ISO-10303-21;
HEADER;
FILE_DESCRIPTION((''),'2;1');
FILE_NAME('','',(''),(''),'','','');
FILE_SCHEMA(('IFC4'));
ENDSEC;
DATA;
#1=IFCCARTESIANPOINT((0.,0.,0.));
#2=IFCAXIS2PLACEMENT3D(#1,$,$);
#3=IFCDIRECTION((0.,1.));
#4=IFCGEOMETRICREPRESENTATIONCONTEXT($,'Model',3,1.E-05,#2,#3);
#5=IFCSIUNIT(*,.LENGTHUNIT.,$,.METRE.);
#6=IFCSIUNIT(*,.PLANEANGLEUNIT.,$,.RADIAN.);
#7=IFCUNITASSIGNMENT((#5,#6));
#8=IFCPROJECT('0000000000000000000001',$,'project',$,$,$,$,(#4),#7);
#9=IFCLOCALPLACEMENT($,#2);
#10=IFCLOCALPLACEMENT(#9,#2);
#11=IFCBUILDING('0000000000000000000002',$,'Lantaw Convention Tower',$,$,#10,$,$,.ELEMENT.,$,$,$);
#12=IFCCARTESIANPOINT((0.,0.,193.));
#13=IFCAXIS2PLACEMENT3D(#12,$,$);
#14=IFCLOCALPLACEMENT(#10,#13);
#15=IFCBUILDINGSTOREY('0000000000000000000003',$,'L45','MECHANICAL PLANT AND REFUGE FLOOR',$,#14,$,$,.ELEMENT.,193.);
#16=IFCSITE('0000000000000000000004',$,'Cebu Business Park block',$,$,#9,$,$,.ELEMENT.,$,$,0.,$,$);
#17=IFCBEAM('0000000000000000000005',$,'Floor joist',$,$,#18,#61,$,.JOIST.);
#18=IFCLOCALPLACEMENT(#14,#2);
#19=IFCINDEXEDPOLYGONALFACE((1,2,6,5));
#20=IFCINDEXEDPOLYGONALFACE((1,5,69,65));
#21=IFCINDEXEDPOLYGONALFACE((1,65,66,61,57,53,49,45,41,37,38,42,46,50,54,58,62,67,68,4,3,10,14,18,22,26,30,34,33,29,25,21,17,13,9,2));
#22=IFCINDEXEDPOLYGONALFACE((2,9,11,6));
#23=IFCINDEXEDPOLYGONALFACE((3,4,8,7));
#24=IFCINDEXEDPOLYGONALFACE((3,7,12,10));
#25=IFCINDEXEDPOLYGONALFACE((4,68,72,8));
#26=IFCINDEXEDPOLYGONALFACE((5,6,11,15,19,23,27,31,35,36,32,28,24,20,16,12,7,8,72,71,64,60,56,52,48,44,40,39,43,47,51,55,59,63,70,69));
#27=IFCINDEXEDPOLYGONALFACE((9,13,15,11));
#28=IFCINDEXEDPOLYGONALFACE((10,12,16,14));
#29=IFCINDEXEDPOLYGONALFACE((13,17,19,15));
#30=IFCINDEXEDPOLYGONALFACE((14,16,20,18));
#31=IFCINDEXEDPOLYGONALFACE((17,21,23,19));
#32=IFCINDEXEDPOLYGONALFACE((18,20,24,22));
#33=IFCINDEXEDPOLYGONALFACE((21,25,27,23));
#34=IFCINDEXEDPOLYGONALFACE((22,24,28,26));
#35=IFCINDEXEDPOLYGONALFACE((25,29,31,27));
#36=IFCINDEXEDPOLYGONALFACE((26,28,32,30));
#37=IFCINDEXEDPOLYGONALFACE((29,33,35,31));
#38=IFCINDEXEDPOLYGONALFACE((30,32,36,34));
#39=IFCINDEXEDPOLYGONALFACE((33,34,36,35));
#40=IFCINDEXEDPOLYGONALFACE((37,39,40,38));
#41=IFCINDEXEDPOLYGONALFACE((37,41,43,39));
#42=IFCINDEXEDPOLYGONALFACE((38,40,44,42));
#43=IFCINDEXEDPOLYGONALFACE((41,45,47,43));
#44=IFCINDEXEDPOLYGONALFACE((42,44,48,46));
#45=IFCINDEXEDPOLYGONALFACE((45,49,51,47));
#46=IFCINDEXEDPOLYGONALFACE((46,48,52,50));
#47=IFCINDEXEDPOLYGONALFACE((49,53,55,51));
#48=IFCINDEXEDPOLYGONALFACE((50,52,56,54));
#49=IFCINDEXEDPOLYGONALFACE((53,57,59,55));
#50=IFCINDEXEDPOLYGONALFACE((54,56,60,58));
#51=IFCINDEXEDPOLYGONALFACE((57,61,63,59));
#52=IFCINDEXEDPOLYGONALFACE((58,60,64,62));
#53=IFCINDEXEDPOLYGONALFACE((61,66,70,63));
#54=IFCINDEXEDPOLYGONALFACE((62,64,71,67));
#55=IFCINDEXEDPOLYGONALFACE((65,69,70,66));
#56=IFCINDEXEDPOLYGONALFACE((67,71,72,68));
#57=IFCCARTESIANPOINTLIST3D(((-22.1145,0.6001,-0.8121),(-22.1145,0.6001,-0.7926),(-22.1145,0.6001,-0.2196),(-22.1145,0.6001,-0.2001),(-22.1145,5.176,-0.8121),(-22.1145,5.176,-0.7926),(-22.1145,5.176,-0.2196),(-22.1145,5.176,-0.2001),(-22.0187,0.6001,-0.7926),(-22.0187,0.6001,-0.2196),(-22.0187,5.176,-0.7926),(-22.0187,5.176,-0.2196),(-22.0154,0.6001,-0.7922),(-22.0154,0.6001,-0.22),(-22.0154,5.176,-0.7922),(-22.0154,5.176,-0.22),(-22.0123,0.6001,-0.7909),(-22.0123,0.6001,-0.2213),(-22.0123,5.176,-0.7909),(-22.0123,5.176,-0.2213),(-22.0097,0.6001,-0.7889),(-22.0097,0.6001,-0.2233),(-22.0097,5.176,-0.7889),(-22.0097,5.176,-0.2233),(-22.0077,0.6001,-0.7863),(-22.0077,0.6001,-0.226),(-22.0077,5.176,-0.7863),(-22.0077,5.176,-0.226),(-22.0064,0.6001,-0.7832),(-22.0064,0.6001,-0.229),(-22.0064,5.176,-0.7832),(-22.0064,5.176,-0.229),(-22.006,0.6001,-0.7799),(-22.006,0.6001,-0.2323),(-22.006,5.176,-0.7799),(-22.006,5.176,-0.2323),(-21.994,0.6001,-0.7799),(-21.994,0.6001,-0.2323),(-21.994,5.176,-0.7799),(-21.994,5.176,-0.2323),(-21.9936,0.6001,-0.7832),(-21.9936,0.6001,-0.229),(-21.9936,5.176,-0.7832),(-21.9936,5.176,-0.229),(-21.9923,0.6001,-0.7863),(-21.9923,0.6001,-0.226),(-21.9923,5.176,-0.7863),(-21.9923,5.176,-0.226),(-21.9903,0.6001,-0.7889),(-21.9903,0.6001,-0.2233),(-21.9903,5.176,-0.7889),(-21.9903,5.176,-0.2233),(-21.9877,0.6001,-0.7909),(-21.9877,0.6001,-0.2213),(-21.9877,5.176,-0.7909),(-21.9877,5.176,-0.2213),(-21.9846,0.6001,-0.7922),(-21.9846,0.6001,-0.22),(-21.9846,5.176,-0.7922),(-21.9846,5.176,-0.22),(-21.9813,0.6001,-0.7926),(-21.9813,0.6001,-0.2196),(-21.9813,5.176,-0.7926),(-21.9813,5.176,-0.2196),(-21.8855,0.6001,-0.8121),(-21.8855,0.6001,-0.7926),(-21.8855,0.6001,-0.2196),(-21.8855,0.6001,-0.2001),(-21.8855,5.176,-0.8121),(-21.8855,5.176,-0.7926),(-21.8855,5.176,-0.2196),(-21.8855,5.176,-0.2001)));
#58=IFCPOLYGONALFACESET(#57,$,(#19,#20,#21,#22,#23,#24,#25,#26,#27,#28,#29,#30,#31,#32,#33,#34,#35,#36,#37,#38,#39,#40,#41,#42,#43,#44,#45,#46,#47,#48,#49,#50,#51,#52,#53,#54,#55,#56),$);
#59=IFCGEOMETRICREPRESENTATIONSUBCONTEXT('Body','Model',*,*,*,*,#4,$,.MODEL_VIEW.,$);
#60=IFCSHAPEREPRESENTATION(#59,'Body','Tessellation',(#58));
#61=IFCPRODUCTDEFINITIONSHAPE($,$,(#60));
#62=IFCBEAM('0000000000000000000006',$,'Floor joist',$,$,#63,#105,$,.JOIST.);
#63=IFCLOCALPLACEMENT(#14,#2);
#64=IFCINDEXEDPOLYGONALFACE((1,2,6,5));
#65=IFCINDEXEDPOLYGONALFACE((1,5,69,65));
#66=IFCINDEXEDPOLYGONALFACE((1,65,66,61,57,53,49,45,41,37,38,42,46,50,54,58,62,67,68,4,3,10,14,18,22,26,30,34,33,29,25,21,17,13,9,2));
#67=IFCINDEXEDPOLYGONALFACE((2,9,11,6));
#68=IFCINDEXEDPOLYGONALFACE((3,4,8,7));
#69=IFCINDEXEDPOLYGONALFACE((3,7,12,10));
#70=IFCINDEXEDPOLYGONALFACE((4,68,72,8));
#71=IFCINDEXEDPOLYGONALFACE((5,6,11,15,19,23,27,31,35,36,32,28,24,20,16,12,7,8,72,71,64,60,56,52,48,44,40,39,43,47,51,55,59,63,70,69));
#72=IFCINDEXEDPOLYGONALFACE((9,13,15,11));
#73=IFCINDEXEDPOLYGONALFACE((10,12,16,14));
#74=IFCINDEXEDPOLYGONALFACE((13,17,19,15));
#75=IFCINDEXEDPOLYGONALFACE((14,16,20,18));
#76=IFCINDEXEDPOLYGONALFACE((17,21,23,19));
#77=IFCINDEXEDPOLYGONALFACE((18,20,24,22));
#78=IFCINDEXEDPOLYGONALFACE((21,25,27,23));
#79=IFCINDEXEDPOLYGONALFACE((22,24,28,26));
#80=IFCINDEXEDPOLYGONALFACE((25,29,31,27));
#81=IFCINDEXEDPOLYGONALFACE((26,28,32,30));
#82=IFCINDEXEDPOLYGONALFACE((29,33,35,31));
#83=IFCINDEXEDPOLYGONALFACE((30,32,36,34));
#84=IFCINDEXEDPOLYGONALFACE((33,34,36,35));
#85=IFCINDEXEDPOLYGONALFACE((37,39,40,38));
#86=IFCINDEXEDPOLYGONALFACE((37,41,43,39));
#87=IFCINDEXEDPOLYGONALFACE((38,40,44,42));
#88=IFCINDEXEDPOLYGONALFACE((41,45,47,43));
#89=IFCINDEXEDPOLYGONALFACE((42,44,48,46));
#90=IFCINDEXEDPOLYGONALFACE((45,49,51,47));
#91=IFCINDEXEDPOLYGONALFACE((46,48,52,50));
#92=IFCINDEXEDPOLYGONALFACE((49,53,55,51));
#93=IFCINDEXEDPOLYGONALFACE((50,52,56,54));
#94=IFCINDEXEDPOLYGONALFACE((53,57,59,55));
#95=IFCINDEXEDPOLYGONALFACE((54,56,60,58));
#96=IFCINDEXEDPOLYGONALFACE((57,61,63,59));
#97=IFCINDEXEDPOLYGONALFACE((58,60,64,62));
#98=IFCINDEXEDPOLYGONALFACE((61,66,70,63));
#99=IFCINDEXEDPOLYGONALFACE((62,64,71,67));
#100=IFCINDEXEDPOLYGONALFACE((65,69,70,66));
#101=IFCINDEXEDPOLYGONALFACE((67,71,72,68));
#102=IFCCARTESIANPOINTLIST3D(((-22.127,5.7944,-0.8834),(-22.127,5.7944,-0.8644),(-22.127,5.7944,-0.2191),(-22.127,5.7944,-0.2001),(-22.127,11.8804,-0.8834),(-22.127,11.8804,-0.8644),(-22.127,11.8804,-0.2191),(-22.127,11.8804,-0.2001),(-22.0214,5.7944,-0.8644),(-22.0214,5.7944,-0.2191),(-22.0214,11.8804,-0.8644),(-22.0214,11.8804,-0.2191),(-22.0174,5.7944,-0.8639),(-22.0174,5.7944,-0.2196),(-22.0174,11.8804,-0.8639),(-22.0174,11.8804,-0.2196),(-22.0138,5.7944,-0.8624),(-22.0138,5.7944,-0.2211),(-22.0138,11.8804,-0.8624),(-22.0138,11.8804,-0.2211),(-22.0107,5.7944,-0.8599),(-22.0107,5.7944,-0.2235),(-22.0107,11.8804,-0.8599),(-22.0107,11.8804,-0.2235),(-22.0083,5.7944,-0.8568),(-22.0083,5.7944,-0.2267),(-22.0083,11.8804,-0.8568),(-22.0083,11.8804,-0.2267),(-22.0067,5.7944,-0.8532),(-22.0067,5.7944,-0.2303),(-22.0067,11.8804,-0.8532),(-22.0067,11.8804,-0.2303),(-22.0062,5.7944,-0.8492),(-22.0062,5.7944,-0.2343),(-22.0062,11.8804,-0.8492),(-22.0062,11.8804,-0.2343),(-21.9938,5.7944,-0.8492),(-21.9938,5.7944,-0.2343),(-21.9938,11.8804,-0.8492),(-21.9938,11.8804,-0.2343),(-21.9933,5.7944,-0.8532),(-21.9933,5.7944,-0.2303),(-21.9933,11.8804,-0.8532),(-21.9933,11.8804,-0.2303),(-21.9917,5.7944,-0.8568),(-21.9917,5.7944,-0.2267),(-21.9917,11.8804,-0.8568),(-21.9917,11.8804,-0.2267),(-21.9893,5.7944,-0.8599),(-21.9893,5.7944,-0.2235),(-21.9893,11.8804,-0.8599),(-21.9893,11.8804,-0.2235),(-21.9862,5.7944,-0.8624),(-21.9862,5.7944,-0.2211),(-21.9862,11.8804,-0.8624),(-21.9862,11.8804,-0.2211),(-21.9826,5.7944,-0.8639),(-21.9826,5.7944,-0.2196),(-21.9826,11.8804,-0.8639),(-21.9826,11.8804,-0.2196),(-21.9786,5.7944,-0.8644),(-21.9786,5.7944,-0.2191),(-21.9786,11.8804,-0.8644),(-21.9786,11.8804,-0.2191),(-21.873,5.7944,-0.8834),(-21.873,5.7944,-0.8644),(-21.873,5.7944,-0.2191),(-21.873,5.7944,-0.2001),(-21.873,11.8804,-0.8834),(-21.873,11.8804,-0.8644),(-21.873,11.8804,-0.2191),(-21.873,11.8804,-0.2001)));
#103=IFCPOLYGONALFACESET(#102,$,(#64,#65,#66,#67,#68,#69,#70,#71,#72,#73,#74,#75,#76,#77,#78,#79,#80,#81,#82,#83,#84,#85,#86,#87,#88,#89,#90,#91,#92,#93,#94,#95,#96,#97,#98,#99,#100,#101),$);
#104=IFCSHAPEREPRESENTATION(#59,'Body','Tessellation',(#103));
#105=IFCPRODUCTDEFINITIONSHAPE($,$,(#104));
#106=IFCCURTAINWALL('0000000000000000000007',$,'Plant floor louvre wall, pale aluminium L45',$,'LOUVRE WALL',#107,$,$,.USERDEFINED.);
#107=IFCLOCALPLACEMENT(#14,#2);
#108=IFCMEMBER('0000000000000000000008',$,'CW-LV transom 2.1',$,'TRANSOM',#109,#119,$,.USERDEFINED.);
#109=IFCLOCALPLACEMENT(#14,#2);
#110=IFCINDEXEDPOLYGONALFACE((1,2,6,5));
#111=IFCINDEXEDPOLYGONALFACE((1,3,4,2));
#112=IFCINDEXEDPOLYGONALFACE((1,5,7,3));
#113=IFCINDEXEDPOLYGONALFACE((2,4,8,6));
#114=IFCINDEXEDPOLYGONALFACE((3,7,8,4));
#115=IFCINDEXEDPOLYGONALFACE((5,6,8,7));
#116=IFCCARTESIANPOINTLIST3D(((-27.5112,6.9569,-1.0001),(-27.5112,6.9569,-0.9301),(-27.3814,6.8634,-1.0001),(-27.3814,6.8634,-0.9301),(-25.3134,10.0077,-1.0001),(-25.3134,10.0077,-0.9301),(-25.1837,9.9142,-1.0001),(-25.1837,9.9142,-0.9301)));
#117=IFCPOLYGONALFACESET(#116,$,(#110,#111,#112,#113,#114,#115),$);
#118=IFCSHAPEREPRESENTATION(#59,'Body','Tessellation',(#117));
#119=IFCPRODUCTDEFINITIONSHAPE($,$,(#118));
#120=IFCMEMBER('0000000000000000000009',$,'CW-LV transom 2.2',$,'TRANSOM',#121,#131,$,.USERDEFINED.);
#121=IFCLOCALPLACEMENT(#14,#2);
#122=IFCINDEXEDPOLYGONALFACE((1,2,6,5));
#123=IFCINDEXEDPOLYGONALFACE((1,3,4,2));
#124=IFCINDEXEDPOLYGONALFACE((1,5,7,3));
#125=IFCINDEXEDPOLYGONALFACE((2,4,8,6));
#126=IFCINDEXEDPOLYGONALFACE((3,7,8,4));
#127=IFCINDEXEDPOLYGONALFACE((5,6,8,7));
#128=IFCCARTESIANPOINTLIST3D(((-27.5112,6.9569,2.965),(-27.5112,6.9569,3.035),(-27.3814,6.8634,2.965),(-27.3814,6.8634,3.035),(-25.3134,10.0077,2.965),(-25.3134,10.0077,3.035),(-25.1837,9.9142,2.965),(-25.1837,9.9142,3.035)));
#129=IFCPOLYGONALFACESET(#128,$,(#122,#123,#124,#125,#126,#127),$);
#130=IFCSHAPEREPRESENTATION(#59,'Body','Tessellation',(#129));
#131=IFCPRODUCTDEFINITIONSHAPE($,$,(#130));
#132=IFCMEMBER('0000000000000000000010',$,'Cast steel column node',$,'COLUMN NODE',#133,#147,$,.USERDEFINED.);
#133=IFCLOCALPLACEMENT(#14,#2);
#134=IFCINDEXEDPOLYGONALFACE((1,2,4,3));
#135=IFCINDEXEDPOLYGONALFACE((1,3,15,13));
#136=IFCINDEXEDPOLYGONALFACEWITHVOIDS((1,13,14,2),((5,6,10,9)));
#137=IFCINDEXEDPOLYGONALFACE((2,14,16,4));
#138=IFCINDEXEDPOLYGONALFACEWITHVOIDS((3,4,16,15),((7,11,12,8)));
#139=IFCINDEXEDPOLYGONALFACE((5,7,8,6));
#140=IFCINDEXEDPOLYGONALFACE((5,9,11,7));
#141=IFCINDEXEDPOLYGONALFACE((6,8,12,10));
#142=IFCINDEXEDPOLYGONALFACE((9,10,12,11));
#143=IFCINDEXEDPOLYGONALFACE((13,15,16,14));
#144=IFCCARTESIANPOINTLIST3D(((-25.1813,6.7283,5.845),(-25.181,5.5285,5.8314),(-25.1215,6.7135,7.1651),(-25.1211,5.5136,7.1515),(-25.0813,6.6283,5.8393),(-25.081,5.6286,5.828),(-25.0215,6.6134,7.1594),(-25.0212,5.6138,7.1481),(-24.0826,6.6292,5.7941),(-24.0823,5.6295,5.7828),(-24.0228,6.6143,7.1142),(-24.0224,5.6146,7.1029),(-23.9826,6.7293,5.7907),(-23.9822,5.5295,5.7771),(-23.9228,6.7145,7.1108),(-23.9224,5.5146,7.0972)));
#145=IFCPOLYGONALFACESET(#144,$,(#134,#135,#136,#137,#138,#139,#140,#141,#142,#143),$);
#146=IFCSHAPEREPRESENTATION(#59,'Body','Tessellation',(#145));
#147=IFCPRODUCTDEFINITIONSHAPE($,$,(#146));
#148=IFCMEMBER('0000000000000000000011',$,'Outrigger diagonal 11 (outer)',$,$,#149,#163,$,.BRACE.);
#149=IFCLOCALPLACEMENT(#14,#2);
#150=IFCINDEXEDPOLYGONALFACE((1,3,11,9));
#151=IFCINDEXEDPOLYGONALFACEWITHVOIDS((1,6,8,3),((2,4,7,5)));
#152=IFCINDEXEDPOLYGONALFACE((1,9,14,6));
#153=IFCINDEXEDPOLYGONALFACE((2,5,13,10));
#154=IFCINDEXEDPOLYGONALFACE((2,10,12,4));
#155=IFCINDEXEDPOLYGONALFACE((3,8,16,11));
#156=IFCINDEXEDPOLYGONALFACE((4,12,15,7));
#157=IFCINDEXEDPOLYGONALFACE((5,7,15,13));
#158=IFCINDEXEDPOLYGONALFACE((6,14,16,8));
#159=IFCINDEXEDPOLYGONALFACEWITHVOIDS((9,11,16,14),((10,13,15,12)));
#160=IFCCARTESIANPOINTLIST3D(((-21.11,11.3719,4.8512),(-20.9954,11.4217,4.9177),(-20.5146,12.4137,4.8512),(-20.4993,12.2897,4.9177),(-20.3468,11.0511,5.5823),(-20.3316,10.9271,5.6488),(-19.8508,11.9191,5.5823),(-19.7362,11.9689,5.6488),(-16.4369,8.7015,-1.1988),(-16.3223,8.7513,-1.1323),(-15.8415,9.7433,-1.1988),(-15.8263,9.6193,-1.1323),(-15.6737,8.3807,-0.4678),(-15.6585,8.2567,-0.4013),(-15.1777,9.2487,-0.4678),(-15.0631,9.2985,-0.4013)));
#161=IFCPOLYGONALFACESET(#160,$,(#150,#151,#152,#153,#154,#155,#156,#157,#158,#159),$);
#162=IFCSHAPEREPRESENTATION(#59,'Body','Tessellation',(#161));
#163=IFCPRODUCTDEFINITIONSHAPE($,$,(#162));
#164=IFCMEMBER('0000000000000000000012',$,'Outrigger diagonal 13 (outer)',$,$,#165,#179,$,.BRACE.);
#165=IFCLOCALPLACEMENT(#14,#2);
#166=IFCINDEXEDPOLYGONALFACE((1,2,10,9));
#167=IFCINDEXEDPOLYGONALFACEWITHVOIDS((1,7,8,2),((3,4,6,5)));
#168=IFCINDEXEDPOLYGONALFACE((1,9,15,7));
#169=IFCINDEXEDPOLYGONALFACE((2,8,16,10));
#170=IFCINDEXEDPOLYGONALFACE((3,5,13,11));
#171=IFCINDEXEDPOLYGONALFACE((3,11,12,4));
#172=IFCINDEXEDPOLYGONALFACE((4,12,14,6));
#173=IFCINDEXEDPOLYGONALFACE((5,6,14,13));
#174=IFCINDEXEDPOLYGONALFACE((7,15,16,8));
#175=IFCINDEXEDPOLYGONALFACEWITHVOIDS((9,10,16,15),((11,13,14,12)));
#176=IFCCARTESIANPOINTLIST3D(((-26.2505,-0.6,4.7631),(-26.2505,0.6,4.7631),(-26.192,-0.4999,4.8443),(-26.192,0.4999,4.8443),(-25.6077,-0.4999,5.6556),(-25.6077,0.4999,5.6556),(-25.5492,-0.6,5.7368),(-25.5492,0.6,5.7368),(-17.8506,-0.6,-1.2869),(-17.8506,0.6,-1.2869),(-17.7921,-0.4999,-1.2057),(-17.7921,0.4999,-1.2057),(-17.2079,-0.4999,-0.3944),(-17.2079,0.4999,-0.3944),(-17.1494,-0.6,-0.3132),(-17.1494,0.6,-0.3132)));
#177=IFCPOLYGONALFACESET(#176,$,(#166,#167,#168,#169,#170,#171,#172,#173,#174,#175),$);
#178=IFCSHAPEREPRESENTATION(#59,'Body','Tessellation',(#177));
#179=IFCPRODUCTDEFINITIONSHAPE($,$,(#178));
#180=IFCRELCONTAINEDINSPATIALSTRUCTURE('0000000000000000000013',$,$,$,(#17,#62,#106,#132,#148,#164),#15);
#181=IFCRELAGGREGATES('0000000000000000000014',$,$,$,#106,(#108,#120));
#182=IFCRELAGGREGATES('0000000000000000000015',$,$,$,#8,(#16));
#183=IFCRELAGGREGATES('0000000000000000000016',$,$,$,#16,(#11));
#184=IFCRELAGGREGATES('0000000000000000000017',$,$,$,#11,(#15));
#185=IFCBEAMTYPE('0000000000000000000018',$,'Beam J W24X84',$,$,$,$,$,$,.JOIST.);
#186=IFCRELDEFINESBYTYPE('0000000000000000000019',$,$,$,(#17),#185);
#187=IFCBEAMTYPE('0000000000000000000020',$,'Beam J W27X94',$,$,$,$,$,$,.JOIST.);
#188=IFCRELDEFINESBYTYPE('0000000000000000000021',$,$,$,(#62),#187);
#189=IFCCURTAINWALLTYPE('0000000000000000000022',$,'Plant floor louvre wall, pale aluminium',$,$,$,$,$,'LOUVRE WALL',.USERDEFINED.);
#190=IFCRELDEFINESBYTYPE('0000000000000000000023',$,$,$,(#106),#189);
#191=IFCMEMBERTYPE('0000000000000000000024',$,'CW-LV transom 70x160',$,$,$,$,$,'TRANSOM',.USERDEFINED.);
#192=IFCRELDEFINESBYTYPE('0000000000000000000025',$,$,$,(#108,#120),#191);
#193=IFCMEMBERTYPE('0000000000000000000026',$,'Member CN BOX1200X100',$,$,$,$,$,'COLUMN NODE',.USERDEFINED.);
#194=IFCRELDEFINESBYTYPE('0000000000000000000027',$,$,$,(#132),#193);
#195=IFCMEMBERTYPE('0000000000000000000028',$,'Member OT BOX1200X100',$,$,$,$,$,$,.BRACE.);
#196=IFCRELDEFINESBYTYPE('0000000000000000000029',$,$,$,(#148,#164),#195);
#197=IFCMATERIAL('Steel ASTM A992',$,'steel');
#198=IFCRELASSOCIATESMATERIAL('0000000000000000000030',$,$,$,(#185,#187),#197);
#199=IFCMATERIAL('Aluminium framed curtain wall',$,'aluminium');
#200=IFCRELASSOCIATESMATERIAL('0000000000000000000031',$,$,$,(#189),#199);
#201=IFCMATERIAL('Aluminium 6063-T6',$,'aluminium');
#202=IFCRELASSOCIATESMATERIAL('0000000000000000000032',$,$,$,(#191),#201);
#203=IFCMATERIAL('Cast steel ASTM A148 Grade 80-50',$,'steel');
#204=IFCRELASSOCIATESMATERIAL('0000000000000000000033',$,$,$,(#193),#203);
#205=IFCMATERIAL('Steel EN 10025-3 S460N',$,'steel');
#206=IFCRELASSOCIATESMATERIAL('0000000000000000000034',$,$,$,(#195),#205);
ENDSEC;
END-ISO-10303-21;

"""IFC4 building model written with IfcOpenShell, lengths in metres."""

from ifc_helpers import new_model, si_unit, direction, frame, origin, origin_2d, place, context, subcontext, project, spatial, rectangle, hollow_rectangle, i_section, extrude, material, material_profile, profile_set, type_object, element, aggregate, save


model = new_model("IFC4")

# Units and contexts
model_context = context("Model", 3, precision=1e-05, world=origin(), true_north=direction((0.0, 1.0)))
body_context = subcontext(model_context, "Body", "Model", "MODEL_VIEW")
ifc_project = project(units=[si_unit("LENGTHUNIT", "METRE"), si_unit("PLANEANGLEUNIT", "RADIAN")], contexts=[model_context])

# Site, building, storey
site_placement = place(None, origin())
site = spatial("IfcSite", under=ifc_project, at=site_placement, Name="Cebu Business Park block", CompositionType="ELEMENT", RefElevation=0.0)
building_placement = place(site_placement, origin())
building = spatial("IfcBuilding", under=site, at=building_placement, Name="Lantaw Convention Tower", CompositionType="ELEMENT")
storey_placement = place(building_placement, frame((0.0, 0.0, 193.0)))
storey = spatial("IfcBuildingStorey", under=building, at=storey_placement, Name="L45", Description="MECHANICAL PLANT AND REFUGE FLOOR", CompositionType="ELEMENT", Elevation=193.0)

# Shared definitions
ifc_material_1 = material(Name="Steel EN 10025-3 S460N", Category="steel")

# Beams
ifc_material_2 = material(Name="Steel ASTM A992", Category="steel")
ifc_material_profile_1 = material_profile(ifc_material_2, i_section(OverallWidth=0.229, OverallDepth=0.6121, WebThickness=0.012, FlangeThickness=0.0195, FilletRadius=0.0127, at=origin_2d()), Name="W24X84")
ifc_profile_set_1 = profile_set([ifc_material_profile_1], Name="Steel ASTM A992")
beam_type_1 = type_object("IfcBeamType", Name="Beam J W24X84", PredefinedType="JOIST", material=ifc_profile_set_1)
beam_1_placement = place(storey_placement, frame((-22.0, 0.6001, -0.5061), z_axis=(0.0, 1.0, 0.0), x_axis=(-1.0, 0.0, 0.0)))
element("IfcBeam", 1, at=beam_1_placement, inside=storey, type_object=beam_type_1, Name="Floor joist", PredefinedType="JOIST", context=body_context, shape_type="SweptSolid", body=[
    extrude(i_section(OverallWidth=0.229, OverallDepth=0.6121, WebThickness=0.012, FlangeThickness=0.0195, FilletRadius=0.0127, at=origin_2d()), origin(), (0.0, 0.0, 1.0), 4.5759),
])
ifc_material_profile_2 = material_profile(ifc_material_2, i_section(OverallWidth=0.2539, OverallDepth=0.6833, WebThickness=0.0125, FlangeThickness=0.019, FilletRadius=0.0151, at=origin_2d()), Name="W27X94")
ifc_profile_set_2 = profile_set([ifc_material_profile_2], Name="Steel ASTM A992")
beam_type_2 = type_object("IfcBeamType", Name="Beam J W27X94", PredefinedType="JOIST", material=ifc_profile_set_2)
beam_2_placement = place(storey_placement, frame((-22.0, 5.7944, -0.5417), z_axis=(0.0, 1.0, 0.0), x_axis=(-1.0, 0.0, 0.0)))
element("IfcBeam", 2, at=beam_2_placement, inside=storey, type_object=beam_type_2, Name="Floor joist", PredefinedType="JOIST", context=body_context, shape_type="SweptSolid", body=[
    extrude(i_section(OverallWidth=0.2539, OverallDepth=0.6833, WebThickness=0.0125, FlangeThickness=0.019, FilletRadius=0.0151, at=origin_2d()), origin(), (0.0, 0.0, 1.0), 6.0859),
])

# Curtain wall, members
ifc_material_3 = material(Name="Aluminium framed curtain wall", Category="aluminium")
curtain_wall_type = type_object("IfcCurtainWallType", Name="Plant floor louvre wall, pale aluminium", ElementType="LOUVRE WALL", PredefinedType="USERDEFINED", material=ifc_material_3)
curtain_wall_placement = place(storey_placement, origin())
curtain_wall = element("IfcCurtainWall", 3, at=curtain_wall_placement, inside=storey, type_object=curtain_wall_type, Name="Plant floor louvre wall, pale aluminium L45", ObjectType="LOUVRE WALL", PredefinedType="USERDEFINED")
ifc_material_4 = material(Name="Aluminium 6063-T6", Category="aluminium")
ifc_material_profile_3 = material_profile(ifc_material_4, rectangle(XDim=0.1599, YDim=0.0701, at=origin_2d()), Name="CW-LV transom 70x160")
ifc_profile_set_3 = profile_set([ifc_material_profile_3], Name="Aluminium 6063-T6")
member_type_1 = type_object("IfcMemberType", Name="CW-LV transom 70x160", ElementType="TRANSOM", PredefinedType="USERDEFINED", material=ifc_profile_set_3)
member_1_placement = place(storey_placement, frame((-25.2485, 9.9609, -0.9651), z_axis=(-0.584513, -0.811384, 0.0), x_axis=(0.811384, -0.584513, 0.0)))
member_1 = element("IfcMember", 4, at=member_1_placement, type_object=member_type_1, Name="CW-LV transom 2.1", ObjectType="TRANSOM", PredefinedType="USERDEFINED", context=body_context, shape_type="SweptSolid", body=[
    extrude(rectangle(XDim=0.1599, YDim=0.0701, at=origin_2d()), origin(), (0.0, 0.0, 1.0), 3.76),
])
member_2_placement = place(storey_placement, frame((-25.2485, 9.9609, 3.0), z_axis=(-0.584513, -0.811384, 0.0), x_axis=(0.811384, -0.584513, 0.0)))
member_2 = element("IfcMember", 5, at=member_2_placement, type_object=member_type_1, Name="CW-LV transom 2.2", ObjectType="TRANSOM", PredefinedType="USERDEFINED", context=body_context, shape_type="SweptSolid", body=[
    extrude(rectangle(XDim=0.1599, YDim=0.0701, at=origin_2d()), origin(), (0.0, 0.0, 1.0), 3.76),
])

# Members
ifc_material_5 = material(Name="Cast steel ASTM A148 Grade 80-50", Category="steel")
ifc_material_profile_4 = material_profile(ifc_material_5, hollow_rectangle(XDim=1.2, YDim=1.2, WallThickness=0.1001, at=origin_2d()), Name="BOX1200X100")
ifc_profile_set_4 = profile_set([ifc_material_profile_4], Name="Cast steel ASTM A148 Grade 80-50")
member_type_2 = type_object("IfcMemberType", Name="Member CN BOX1200X100", ElementType="COLUMN NODE", PredefinedType="USERDEFINED", material=ifc_profile_set_4)
member_3_placement = place(storey_placement, frame((-24.5818, 6.1289, 5.811), z_axis=(0.045262, -0.011269, 0.998912), x_axis=(0.998975, 0.000833, -0.045256)))
element("IfcMember", 6, at=member_3_placement, inside=storey, type_object=member_type_2, Name="Cast steel column node", ObjectType="COLUMN NODE", PredefinedType="USERDEFINED", context=body_context, shape_type="SweptSolid", body=[
    extrude(hollow_rectangle(XDim=1.2, YDim=1.2, WallThickness=0.1001, at=origin_2d()), origin(), (0.0, 0.0, 1.0), 1.3215),
])
ifc_material_profile_5 = material_profile(ifc_material_1, hollow_rectangle(XDim=1.2, YDim=1.2, WallThickness=0.1001, at=origin_2d()), Name="BOX1200X100")
ifc_profile_set_5 = profile_set([ifc_material_profile_5], Name="Steel EN 10025-3 S460N")
member_type_3 = type_object("IfcMemberType", Name="Member OT BOX1200X100", PredefinedType="BRACE", material=ifc_profile_set_5)
member_4_placement = place(storey_placement, frame((-15.75, 9.0, -0.8), z_axis=(-0.577093, 0.329776, 0.747136), x_axis=(-0.496149, -0.868238, 0.0)))
element("IfcMember", 7, at=member_4_placement, inside=storey, type_object=member_type_3, Name="Outrigger diagonal 11 (outer)", PredefinedType="BRACE", context=body_context, shape_type="SweptSolid", body=[
    extrude(hollow_rectangle(XDim=1.2, YDim=1.2, WallThickness=0.1001, at=origin_2d()), origin(), (0.0, 0.0, 1.0), 8.0977),
])
member_5_placement = place(storey_placement, frame((-17.5, 0.0, -0.8), z_axis=(-0.811437, 0.0, 0.58444), x_axis=(0.0, -1.0, 0.0)))
element("IfcMember", 8, at=member_5_placement, inside=storey, type_object=member_type_3, Name="Outrigger diagonal 13 (outer)", PredefinedType="BRACE", context=body_context, shape_type="SweptSolid", body=[
    extrude(hollow_rectangle(XDim=1.2, YDim=1.2, WallThickness=0.1001, at=origin_2d()), origin(), (0.0, 0.0, 1.0), 10.3518),
])

aggregate(curtain_wall, [member_1, member_2])

save(model, "model.ifc")
